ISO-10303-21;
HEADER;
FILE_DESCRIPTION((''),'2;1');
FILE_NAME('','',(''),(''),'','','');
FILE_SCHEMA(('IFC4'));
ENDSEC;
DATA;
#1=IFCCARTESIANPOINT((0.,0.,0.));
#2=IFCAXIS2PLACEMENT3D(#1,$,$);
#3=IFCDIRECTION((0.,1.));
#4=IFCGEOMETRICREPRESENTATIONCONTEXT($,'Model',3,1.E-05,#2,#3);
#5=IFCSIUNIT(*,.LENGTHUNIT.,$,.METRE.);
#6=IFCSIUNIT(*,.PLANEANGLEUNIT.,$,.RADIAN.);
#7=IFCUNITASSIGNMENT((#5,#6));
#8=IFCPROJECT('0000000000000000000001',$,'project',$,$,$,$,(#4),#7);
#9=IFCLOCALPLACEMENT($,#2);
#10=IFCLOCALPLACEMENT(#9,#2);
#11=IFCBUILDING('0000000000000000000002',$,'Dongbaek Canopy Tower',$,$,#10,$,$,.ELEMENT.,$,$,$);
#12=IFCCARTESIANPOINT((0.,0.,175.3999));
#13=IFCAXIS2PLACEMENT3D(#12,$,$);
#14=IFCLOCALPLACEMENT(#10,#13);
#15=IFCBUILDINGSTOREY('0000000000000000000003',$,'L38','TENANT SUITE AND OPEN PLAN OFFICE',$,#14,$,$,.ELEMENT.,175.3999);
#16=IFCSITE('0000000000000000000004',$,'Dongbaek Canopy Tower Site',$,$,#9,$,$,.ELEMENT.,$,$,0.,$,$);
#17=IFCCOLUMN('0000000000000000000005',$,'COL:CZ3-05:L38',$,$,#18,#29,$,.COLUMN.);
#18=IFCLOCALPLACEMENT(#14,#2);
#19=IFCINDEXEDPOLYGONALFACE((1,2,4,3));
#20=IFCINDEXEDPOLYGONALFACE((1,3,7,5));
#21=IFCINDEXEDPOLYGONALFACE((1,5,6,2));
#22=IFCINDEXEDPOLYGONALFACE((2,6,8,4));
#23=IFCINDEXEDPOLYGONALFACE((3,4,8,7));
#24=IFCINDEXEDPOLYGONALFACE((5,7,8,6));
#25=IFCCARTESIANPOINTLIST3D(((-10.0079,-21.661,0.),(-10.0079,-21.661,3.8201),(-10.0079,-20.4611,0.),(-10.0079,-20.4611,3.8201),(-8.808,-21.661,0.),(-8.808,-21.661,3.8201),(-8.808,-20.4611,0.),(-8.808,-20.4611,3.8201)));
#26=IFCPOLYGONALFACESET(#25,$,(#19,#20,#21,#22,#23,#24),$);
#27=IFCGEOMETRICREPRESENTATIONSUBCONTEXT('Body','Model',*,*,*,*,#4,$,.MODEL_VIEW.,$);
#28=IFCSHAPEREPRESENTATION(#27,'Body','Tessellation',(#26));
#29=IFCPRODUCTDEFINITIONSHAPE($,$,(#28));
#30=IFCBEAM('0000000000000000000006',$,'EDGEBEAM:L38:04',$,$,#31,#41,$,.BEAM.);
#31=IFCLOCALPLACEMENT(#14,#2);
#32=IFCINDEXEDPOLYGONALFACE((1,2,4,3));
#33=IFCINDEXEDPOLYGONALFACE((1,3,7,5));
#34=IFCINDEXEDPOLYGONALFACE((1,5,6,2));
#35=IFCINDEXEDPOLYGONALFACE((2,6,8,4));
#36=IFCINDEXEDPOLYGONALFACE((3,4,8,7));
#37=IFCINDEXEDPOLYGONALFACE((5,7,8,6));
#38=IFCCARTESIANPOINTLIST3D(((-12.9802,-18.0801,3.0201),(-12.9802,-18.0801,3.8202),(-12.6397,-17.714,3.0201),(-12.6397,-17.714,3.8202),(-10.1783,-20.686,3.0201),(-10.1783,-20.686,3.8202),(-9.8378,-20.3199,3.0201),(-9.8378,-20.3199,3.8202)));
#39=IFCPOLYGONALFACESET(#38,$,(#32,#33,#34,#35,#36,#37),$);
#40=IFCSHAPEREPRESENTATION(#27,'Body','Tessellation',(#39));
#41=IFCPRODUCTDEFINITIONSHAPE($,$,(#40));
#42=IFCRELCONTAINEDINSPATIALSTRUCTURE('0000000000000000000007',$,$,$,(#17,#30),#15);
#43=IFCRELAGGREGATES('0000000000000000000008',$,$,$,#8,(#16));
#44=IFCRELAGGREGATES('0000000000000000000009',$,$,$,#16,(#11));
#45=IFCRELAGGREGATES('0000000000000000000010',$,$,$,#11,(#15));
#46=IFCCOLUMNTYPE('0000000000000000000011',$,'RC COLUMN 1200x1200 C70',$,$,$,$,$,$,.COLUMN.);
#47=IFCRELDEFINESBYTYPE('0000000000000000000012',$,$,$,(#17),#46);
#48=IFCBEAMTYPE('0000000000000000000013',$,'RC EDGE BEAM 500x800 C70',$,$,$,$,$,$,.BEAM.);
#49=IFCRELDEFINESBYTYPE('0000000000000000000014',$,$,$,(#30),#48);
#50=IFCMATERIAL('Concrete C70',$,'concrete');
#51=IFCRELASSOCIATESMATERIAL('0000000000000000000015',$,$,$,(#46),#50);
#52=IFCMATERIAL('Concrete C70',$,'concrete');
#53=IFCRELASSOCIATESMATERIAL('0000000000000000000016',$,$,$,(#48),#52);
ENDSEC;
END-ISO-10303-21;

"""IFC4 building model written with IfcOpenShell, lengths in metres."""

from ifc_helpers import new_model, si_unit, direction, frame, origin, origin_2d, place, context, subcontext, project, spatial, rectangle, extrude, material, material_profile, profile_set, type_object, element, save


model = new_model("IFC4")

# Units and contexts
model_context = context("Model", 3, precision=1e-05, world=origin(), true_north=direction((0.0, 1.0)))
body_context = subcontext(model_context, "Body", "Model", "MODEL_VIEW")
ifc_project = project(units=[si_unit("LENGTHUNIT", "METRE"), si_unit("PLANEANGLEUNIT", "RADIAN")], contexts=[model_context])

# Site, building, storey
site_placement = place(None, origin())
site = spatial("IfcSite", under=ifc_project, at=site_placement, Name="Dongbaek Canopy Tower Site", CompositionType="ELEMENT", RefElevation=0.0)
building_placement = place(site_placement, origin())
building = spatial("IfcBuilding", under=site, at=building_placement, Name="Dongbaek Canopy Tower", CompositionType="ELEMENT")
storey_placement = place(building_placement, frame((0.0, 0.0, 175.3999)))
storey = spatial("IfcBuildingStorey", under=building, at=storey_placement, Name="L38", Description="TENANT SUITE AND OPEN PLAN OFFICE", CompositionType="ELEMENT", Elevation=175.3999)

# Column
ifc_material_1 = material(Name="Concrete C70", Category="concrete")
ifc_material_profile_1 = material_profile(ifc_material_1, rectangle(XDim=1.2, YDim=1.2, at=origin_2d()), Name="RC COLUMN 1200x1200 C70")
ifc_profile_set_1 = profile_set([ifc_material_profile_1], Name="Concrete C70")
column_type = type_object("IfcColumnType", Name="RC COLUMN 1200x1200 C70", PredefinedType="COLUMN", material=ifc_profile_set_1)
column_placement = place(storey_placement, frame((-9.408, -21.061, 0.0), z_axis=(0.0, 0.0, 1.0), x_axis=(1.0, 0.0, 0.0)))
element("IfcColumn", 1, at=column_placement, inside=storey, type_object=column_type, Name="COL:CZ3-05:L38", PredefinedType="COLUMN", context=body_context, shape_type="SweptSolid", body=[
    extrude(rectangle(XDim=1.2, YDim=1.2, at=origin_2d()), origin(), (0.0, 0.0, 1.0), 3.8201),
])

# Beam
ifc_material_2 = material(Name="Concrete C70", Category="concrete")
ifc_material_profile_2 = material_profile(ifc_material_2, rectangle(XDim=0.5, YDim=0.8, at=origin_2d()), Name="RC EDGE BEAM 500x800 C70")
ifc_profile_set_2 = profile_set([ifc_material_profile_2], Name="Concrete C70")
beam_type = type_object("IfcBeamType", Name="RC EDGE BEAM 500x800 C70", PredefinedType="BEAM", material=ifc_profile_set_2)
beam_placement = place(storey_placement, frame((-10.0081, -20.5029, 3.4202), z_axis=(-0.732259, 0.681026, 0.0), x_axis=(-0.681026, -0.732259, 0.0)))
element("IfcBeam", 2, at=beam_placement, inside=storey, type_object=beam_type, Name="EDGEBEAM:L38:04", PredefinedType="BEAM", context=body_context, shape_type="SweptSolid", body=[
    extrude(rectangle(XDim=0.5, YDim=0.8, at=origin_2d()), origin(), (0.0, 0.0, 1.0), 3.8264),
])

save(model, "model.ifc")
